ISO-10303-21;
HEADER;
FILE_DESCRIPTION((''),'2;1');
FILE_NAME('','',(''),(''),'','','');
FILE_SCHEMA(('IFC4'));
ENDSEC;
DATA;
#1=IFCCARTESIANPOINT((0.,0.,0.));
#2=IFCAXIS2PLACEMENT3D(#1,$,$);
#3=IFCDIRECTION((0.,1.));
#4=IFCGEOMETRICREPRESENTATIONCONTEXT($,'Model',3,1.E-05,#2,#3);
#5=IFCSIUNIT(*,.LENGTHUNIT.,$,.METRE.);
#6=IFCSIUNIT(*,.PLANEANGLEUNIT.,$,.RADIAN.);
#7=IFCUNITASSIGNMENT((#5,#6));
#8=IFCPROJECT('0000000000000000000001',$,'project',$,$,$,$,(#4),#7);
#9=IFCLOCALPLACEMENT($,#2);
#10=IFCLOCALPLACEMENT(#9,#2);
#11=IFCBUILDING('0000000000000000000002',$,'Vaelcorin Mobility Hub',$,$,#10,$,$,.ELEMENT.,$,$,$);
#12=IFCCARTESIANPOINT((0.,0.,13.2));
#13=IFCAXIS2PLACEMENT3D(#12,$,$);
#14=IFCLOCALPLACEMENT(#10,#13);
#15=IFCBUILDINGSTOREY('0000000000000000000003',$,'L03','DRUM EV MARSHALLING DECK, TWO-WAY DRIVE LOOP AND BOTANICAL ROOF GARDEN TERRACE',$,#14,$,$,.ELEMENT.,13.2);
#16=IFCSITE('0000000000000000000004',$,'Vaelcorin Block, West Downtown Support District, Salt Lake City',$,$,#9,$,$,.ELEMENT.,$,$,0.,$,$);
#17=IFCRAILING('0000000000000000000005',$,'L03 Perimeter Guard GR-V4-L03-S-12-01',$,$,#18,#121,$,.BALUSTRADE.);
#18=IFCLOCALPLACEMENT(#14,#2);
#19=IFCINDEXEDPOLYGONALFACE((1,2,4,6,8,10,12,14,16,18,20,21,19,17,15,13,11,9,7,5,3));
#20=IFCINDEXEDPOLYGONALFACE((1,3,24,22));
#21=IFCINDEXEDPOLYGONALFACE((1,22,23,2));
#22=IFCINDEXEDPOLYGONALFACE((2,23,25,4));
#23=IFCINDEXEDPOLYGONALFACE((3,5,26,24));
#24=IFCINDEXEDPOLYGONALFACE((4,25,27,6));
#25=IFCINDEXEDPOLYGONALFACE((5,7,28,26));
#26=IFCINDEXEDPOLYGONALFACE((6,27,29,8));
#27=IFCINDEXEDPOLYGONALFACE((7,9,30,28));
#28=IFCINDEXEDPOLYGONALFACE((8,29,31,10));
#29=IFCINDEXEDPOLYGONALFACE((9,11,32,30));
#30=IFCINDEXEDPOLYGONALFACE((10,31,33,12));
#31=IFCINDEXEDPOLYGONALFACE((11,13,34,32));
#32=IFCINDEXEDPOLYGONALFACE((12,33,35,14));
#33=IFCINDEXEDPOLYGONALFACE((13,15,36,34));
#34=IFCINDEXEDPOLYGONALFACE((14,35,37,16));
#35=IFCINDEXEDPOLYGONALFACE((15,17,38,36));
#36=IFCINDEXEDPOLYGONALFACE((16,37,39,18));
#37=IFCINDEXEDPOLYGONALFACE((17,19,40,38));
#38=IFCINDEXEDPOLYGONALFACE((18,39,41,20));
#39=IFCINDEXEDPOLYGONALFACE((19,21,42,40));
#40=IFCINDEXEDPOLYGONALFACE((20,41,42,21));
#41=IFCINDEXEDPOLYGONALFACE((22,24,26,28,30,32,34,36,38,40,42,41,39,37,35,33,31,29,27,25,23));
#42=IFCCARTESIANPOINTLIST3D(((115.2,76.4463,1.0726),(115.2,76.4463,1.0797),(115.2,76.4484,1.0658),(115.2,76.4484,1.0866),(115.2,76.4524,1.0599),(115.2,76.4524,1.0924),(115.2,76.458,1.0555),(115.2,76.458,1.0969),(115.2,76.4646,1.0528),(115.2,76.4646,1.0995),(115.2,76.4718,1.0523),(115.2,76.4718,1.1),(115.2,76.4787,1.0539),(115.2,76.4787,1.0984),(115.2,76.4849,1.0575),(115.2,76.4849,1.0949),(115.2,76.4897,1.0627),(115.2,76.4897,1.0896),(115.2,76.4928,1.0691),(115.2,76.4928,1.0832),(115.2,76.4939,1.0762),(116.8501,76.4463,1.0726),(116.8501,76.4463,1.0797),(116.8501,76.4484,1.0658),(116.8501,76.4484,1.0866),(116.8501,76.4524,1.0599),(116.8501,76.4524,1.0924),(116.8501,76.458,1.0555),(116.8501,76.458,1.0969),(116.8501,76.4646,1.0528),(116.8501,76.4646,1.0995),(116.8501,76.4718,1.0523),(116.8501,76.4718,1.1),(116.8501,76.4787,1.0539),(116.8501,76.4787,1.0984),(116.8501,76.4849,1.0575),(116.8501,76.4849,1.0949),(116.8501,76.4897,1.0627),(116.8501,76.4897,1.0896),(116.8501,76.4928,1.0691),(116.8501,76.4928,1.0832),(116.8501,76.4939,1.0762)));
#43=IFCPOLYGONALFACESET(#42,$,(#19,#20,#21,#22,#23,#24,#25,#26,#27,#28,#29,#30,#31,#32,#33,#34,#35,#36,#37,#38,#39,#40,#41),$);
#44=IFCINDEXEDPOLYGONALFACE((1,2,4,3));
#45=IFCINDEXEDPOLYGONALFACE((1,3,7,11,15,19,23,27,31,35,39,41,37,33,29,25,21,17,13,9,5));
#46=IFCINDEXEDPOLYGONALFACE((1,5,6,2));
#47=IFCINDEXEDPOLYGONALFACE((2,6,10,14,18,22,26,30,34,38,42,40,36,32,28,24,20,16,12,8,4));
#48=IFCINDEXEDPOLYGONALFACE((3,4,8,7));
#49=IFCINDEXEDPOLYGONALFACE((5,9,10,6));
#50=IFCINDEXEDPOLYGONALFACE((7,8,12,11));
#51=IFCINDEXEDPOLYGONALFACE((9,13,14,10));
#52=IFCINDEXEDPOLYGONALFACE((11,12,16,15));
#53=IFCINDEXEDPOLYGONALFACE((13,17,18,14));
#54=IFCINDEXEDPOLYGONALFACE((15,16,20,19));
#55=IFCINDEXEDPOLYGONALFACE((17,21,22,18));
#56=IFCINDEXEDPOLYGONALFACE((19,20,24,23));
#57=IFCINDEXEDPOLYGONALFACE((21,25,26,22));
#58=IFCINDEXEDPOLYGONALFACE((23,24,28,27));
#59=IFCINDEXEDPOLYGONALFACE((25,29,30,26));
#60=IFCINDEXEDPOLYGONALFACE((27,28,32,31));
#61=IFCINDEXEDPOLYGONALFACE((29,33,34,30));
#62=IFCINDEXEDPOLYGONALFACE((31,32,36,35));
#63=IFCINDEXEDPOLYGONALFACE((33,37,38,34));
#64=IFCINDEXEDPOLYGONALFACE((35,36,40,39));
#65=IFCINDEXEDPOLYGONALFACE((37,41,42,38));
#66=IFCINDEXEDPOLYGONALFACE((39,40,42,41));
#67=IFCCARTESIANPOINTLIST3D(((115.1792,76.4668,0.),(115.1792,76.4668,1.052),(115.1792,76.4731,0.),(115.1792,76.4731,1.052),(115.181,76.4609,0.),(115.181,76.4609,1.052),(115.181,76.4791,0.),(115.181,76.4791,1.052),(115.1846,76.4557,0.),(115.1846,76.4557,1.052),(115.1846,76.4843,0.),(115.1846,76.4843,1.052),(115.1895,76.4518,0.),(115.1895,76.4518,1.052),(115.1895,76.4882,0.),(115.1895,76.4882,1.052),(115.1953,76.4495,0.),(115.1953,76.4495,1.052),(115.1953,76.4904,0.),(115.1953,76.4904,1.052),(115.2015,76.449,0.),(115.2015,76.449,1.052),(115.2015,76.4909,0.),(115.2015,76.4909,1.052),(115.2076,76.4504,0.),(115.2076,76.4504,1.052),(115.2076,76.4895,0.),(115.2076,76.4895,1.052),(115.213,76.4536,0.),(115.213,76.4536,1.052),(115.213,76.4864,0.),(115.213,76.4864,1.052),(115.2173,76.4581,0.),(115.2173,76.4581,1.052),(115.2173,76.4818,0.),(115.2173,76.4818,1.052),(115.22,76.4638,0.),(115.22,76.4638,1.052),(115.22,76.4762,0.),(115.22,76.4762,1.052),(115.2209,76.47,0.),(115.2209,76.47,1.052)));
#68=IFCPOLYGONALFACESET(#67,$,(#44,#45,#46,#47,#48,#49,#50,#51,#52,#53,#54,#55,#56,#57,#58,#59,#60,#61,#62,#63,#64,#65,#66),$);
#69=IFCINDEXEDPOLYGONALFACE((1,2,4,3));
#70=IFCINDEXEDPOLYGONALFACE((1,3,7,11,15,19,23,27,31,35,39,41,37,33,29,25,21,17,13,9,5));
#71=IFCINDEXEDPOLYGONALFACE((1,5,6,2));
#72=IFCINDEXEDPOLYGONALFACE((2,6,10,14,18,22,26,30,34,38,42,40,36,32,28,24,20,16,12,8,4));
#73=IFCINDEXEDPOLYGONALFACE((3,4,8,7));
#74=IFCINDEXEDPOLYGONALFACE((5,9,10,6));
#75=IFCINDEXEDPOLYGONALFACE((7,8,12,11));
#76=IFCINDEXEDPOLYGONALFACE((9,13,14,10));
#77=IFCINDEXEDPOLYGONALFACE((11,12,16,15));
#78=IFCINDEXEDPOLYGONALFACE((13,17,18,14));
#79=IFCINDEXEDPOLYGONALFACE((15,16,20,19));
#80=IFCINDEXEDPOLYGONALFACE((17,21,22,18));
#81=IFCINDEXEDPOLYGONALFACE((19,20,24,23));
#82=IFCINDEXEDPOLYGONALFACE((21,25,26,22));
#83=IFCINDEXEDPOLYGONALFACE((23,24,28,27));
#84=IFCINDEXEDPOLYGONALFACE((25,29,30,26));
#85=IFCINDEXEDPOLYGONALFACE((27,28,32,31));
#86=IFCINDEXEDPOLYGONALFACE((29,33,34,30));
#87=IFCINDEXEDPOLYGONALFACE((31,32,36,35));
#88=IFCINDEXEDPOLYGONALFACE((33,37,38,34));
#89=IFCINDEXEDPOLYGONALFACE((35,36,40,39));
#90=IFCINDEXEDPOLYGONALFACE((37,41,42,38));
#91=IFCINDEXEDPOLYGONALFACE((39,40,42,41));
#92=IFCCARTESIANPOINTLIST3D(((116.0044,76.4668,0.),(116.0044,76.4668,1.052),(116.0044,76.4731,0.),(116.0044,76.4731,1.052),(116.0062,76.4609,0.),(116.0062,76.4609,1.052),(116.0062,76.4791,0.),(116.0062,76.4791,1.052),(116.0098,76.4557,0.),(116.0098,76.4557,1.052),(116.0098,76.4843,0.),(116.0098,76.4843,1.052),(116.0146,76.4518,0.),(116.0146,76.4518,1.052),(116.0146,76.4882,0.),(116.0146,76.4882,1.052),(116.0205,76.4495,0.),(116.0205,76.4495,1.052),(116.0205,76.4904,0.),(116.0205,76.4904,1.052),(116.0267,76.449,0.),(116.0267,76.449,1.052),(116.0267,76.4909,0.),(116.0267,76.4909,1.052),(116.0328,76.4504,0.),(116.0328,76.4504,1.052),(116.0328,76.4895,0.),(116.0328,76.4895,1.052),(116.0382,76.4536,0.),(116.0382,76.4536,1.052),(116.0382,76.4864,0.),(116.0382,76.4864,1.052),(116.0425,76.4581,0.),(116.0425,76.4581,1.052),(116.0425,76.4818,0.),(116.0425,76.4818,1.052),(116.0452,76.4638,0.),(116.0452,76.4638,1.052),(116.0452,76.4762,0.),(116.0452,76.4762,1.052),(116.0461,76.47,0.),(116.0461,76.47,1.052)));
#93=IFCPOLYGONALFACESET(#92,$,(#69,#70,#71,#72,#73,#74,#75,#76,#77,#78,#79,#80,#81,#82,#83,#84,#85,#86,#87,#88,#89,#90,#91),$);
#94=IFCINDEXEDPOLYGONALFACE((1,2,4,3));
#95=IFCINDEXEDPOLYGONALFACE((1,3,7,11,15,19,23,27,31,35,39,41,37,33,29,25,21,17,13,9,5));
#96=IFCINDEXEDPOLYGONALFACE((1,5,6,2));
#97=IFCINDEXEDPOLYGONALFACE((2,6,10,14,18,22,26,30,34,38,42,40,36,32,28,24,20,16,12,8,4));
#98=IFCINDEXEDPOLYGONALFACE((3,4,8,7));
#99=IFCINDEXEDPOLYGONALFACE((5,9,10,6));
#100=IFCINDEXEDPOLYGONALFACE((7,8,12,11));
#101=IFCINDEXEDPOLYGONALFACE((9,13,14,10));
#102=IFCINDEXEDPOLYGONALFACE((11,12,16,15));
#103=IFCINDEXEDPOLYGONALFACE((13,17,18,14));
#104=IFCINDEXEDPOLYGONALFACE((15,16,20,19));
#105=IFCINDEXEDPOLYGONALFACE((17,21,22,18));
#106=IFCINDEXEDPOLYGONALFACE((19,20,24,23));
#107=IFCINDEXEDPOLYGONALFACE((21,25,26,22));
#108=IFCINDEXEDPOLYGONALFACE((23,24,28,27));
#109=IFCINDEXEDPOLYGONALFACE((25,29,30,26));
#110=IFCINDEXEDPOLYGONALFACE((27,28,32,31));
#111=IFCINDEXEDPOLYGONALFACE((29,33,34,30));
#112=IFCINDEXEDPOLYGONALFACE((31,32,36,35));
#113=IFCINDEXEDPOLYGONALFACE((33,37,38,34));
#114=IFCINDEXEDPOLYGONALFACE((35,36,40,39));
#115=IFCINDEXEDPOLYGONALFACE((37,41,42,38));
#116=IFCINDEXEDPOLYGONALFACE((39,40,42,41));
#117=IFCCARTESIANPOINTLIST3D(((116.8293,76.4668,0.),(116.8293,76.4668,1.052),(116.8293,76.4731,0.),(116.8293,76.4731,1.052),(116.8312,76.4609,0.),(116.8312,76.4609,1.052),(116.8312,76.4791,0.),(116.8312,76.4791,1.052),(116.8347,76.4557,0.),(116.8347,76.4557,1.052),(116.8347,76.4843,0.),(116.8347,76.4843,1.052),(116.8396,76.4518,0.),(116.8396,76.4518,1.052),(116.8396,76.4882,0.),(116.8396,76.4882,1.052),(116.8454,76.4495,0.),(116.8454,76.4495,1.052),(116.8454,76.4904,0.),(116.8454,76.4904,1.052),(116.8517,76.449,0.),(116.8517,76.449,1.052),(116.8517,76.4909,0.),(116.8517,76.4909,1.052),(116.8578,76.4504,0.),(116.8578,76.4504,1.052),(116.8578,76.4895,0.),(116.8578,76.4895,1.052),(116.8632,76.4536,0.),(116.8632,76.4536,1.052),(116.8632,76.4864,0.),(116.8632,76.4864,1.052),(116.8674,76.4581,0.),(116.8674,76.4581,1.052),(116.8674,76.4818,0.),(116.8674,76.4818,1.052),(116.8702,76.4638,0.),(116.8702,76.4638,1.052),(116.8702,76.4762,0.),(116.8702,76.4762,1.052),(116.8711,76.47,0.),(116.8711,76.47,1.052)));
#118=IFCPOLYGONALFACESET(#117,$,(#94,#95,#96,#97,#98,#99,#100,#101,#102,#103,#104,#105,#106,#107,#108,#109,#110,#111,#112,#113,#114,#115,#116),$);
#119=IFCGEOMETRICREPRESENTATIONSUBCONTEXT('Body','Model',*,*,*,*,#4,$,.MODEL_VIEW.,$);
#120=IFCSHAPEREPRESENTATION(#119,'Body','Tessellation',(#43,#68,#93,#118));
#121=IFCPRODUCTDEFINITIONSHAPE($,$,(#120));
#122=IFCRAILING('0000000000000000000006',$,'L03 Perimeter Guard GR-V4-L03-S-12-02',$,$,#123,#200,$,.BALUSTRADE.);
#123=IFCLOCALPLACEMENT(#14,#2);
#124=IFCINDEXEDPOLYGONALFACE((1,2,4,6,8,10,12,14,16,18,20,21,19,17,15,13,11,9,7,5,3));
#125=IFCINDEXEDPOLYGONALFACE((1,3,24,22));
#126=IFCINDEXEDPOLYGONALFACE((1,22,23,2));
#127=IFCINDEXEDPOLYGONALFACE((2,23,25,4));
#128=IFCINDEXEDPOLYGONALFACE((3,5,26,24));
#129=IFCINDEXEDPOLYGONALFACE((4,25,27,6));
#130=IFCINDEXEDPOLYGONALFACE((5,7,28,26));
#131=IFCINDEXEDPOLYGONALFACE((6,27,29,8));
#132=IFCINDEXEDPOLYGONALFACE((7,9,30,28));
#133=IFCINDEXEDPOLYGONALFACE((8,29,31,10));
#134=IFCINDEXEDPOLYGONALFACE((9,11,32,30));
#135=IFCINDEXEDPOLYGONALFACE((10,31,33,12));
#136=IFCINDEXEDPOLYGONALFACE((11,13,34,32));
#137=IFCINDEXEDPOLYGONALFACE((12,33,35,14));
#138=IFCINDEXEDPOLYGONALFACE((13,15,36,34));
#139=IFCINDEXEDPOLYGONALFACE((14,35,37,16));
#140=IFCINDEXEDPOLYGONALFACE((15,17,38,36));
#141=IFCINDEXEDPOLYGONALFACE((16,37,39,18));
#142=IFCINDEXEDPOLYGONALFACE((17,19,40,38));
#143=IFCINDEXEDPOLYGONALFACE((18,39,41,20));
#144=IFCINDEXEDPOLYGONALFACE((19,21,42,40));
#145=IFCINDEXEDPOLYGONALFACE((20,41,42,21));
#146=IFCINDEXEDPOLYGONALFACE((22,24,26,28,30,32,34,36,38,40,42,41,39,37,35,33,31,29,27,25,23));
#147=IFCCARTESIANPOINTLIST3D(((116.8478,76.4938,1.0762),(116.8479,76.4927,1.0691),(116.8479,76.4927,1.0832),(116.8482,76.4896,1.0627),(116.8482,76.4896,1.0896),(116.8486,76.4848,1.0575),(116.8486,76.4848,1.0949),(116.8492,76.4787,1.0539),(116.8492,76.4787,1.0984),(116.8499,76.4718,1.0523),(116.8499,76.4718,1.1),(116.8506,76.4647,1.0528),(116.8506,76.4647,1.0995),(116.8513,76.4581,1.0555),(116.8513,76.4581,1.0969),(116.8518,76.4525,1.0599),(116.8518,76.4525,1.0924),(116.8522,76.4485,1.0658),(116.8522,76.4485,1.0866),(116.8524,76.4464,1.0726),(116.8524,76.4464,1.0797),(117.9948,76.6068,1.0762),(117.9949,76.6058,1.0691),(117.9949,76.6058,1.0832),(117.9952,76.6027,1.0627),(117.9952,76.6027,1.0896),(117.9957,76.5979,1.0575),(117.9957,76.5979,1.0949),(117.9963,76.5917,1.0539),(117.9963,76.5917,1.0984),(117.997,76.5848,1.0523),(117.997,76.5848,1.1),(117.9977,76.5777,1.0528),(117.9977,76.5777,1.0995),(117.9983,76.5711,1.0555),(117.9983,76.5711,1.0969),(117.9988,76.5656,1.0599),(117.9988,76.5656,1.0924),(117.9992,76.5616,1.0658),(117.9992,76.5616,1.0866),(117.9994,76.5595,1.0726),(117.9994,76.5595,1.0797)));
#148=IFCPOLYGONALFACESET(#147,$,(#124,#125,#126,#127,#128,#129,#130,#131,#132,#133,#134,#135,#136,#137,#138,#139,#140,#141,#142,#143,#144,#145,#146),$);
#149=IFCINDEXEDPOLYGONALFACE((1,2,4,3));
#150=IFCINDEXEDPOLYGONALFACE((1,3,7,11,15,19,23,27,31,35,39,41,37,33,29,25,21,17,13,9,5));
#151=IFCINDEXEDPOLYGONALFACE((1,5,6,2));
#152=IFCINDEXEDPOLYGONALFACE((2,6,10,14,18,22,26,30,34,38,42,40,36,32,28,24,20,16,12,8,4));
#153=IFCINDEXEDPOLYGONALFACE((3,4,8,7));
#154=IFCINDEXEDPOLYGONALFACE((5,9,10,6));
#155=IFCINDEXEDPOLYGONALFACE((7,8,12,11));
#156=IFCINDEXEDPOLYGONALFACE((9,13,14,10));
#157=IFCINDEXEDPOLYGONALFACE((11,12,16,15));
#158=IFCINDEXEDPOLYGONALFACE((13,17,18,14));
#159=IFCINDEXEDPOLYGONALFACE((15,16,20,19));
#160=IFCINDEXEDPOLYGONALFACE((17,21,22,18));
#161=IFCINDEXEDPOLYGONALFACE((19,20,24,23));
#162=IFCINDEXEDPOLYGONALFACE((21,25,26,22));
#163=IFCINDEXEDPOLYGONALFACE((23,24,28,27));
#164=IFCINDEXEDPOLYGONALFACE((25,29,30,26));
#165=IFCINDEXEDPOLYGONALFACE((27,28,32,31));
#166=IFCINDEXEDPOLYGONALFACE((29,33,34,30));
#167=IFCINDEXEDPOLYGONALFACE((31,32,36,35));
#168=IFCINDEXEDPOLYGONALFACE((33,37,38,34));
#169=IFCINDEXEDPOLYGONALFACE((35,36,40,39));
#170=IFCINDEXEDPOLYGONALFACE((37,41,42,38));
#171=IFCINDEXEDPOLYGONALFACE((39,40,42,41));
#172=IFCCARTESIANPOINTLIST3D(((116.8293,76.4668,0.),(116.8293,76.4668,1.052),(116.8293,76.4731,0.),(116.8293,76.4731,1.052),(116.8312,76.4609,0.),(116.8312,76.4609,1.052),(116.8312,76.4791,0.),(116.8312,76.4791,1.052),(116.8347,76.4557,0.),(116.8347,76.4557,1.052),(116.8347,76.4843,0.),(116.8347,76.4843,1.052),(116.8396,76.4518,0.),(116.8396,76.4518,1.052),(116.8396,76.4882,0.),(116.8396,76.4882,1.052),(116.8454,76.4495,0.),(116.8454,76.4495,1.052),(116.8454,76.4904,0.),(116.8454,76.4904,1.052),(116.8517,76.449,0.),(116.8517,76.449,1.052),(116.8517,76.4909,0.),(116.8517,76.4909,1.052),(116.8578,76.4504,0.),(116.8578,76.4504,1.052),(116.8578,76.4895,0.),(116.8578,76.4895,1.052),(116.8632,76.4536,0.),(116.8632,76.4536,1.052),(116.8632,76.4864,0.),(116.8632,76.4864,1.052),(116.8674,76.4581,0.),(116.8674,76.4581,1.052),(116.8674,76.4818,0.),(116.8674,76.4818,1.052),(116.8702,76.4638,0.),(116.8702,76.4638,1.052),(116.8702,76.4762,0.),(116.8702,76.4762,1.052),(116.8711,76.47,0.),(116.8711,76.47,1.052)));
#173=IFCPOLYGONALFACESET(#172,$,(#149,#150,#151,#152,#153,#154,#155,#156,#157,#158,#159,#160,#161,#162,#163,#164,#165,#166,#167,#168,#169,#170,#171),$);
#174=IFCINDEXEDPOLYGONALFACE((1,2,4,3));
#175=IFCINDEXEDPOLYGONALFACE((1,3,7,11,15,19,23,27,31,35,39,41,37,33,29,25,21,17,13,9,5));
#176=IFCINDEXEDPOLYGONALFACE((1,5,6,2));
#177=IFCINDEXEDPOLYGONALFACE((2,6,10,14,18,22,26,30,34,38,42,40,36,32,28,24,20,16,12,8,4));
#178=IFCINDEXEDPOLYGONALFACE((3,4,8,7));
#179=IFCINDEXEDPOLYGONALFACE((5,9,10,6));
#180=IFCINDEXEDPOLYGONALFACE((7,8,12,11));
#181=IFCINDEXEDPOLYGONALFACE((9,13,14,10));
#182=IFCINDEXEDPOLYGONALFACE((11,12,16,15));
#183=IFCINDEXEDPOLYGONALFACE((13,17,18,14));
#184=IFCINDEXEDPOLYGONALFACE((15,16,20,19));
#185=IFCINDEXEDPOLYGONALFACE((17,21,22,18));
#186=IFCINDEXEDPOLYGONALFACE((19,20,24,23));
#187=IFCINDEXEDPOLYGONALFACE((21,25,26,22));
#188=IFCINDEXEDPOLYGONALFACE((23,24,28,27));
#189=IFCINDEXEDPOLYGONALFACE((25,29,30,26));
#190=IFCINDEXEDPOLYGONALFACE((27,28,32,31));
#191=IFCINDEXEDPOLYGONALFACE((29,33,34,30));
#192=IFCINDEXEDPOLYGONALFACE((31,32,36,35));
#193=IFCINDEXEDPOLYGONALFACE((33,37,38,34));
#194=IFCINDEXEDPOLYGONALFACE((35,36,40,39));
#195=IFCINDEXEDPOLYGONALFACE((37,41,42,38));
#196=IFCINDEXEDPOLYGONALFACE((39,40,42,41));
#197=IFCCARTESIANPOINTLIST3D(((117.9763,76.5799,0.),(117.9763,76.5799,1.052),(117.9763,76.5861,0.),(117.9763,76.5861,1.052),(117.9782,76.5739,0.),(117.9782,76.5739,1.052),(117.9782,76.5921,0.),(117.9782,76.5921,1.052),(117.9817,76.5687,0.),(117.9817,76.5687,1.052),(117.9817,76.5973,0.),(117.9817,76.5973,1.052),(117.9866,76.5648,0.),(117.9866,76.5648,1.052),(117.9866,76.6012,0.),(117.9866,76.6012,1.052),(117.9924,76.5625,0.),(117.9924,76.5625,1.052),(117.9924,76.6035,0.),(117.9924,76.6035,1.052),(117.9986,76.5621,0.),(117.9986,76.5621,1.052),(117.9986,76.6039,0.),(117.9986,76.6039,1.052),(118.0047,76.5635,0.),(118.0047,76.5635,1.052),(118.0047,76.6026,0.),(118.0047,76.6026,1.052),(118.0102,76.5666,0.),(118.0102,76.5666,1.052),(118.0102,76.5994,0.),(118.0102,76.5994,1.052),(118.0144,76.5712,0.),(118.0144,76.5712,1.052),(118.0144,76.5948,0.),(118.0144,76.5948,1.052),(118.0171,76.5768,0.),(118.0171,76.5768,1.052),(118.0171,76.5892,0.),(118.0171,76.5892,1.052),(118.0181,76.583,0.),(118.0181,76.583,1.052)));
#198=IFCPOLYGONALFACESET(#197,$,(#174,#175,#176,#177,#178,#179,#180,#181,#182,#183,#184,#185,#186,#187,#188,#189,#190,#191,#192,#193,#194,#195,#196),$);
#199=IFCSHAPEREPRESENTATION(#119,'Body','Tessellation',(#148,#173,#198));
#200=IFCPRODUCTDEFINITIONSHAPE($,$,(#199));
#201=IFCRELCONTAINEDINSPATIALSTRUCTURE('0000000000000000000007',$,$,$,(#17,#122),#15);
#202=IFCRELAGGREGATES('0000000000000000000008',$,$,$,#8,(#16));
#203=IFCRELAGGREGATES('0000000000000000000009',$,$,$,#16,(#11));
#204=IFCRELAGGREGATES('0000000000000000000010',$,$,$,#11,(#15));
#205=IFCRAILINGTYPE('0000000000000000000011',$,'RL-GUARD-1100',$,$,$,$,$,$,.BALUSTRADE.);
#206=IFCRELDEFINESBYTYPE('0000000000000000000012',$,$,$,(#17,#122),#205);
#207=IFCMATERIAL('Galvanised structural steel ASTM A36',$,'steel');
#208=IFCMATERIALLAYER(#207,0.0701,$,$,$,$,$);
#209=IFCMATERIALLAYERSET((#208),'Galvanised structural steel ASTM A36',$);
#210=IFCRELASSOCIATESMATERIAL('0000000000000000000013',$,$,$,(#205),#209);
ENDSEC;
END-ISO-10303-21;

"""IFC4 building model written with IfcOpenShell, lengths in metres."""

from ifc_helpers import new_model, si_unit, direction, frame, origin, origin_2d, place, context, subcontext, project, spatial, circle, extrude, material, layer, layer_set, type_object, element, save


model = new_model("IFC4")

# Units and contexts
model_context = context("Model", 3, precision=1e-05, world=origin(), true_north=direction((0.0, 1.0)))
body_context = subcontext(model_context, "Body", "Model", "MODEL_VIEW")
ifc_project = project(units=[si_unit("LENGTHUNIT", "METRE"), si_unit("PLANEANGLEUNIT", "RADIAN")], contexts=[model_context])

# Site, building, storey
site_placement = place(None, origin())
site = spatial("IfcSite", under=ifc_project, at=site_placement, Name="Vaelcorin Block, West Downtown Support District, Salt Lake City", CompositionType="ELEMENT", RefElevation=0.0)
building_placement = place(site_placement, origin())
building = spatial("IfcBuilding", under=site, at=building_placement, Name="Vaelcorin Mobility Hub", CompositionType="ELEMENT")
storey_placement = place(building_placement, frame((0.0, 0.0, 13.2)))
storey = spatial("IfcBuildingStorey", under=building, at=storey_placement, Name="L03", Description="DRUM EV MARSHALLING DECK, TWO-WAY DRIVE LOOP AND BOTANICAL ROOF GARDEN TERRACE", CompositionType="ELEMENT", Elevation=13.2)

# Railings
ifc_material_1 = material(Name="Galvanised structural steel ASTM A36", Category="steel")
ifc_layer_1 = layer(ifc_material_1, 0.0701)
ifc_layer_set_1 = layer_set([ifc_layer_1], Name="Galvanised structural steel ASTM A36")
railing_type = type_object("IfcRailingType", Name="RL-GUARD-1100", PredefinedType="BALUSTRADE", material=ifc_layer_set_1)
railing_1_placement = place(storey_placement, frame((115.2, 76.47, 0.0)))
element("IfcRailing", 1, at=railing_1_placement, inside=storey, type_object=railing_type, Name="L03 Perimeter Guard GR-V4-L03-S-12-01", PredefinedType="BALUSTRADE", context=body_context, shape_type="SweptSolid", body=[
    extrude(circle(Radius=0.0239, at=origin_2d()), frame((0.0, 0.0, 1.0762), z_axis=(1.0, 0.0, 0.0), x_axis=(0.0, 1.0, 0.0)), (0.0, 0.0, 1.0), 1.6501),
    extrude(circle(Radius=0.021, at=origin_2d()), origin(), (0.0, 0.0, 1.0), 1.052),
    extrude(circle(Radius=0.021, at=origin_2d()), frame((0.8252, 0.0, 0.0)), (0.0, 0.0, 1.0), 1.052),
    extrude(circle(Radius=0.021, at=origin_2d()), frame((1.6501, 0.0, 0.0)), (0.0, 0.0, 1.0), 1.052),
])
railing_2_placement = place(storey_placement, frame((116.8501, 76.47, 0.0)))
element("IfcRailing", 2, at=railing_2_placement, inside=storey, type_object=railing_type, Name="L03 Perimeter Guard GR-V4-L03-S-12-02", PredefinedType="BALUSTRADE", context=body_context, shape_type="SweptSolid", body=[
    extrude(circle(Radius=0.0239, at=origin_2d()), frame((0.0, 0.0, 1.0762), z_axis=(0.995179, 0.098077, 0.0), x_axis=(-0.098077, 0.995179, 0.0)), (0.0, 0.0, 1.0), 1.1526),
    extrude(circle(Radius=0.021, at=origin_2d()), origin(), (0.0, 0.0, 1.0), 1.052),
    extrude(circle(Radius=0.021, at=origin_2d()), frame((1.147, 0.113, 0.0)), (0.0, 0.0, 1.0), 1.052),
])

save(model, "model.ifc")
